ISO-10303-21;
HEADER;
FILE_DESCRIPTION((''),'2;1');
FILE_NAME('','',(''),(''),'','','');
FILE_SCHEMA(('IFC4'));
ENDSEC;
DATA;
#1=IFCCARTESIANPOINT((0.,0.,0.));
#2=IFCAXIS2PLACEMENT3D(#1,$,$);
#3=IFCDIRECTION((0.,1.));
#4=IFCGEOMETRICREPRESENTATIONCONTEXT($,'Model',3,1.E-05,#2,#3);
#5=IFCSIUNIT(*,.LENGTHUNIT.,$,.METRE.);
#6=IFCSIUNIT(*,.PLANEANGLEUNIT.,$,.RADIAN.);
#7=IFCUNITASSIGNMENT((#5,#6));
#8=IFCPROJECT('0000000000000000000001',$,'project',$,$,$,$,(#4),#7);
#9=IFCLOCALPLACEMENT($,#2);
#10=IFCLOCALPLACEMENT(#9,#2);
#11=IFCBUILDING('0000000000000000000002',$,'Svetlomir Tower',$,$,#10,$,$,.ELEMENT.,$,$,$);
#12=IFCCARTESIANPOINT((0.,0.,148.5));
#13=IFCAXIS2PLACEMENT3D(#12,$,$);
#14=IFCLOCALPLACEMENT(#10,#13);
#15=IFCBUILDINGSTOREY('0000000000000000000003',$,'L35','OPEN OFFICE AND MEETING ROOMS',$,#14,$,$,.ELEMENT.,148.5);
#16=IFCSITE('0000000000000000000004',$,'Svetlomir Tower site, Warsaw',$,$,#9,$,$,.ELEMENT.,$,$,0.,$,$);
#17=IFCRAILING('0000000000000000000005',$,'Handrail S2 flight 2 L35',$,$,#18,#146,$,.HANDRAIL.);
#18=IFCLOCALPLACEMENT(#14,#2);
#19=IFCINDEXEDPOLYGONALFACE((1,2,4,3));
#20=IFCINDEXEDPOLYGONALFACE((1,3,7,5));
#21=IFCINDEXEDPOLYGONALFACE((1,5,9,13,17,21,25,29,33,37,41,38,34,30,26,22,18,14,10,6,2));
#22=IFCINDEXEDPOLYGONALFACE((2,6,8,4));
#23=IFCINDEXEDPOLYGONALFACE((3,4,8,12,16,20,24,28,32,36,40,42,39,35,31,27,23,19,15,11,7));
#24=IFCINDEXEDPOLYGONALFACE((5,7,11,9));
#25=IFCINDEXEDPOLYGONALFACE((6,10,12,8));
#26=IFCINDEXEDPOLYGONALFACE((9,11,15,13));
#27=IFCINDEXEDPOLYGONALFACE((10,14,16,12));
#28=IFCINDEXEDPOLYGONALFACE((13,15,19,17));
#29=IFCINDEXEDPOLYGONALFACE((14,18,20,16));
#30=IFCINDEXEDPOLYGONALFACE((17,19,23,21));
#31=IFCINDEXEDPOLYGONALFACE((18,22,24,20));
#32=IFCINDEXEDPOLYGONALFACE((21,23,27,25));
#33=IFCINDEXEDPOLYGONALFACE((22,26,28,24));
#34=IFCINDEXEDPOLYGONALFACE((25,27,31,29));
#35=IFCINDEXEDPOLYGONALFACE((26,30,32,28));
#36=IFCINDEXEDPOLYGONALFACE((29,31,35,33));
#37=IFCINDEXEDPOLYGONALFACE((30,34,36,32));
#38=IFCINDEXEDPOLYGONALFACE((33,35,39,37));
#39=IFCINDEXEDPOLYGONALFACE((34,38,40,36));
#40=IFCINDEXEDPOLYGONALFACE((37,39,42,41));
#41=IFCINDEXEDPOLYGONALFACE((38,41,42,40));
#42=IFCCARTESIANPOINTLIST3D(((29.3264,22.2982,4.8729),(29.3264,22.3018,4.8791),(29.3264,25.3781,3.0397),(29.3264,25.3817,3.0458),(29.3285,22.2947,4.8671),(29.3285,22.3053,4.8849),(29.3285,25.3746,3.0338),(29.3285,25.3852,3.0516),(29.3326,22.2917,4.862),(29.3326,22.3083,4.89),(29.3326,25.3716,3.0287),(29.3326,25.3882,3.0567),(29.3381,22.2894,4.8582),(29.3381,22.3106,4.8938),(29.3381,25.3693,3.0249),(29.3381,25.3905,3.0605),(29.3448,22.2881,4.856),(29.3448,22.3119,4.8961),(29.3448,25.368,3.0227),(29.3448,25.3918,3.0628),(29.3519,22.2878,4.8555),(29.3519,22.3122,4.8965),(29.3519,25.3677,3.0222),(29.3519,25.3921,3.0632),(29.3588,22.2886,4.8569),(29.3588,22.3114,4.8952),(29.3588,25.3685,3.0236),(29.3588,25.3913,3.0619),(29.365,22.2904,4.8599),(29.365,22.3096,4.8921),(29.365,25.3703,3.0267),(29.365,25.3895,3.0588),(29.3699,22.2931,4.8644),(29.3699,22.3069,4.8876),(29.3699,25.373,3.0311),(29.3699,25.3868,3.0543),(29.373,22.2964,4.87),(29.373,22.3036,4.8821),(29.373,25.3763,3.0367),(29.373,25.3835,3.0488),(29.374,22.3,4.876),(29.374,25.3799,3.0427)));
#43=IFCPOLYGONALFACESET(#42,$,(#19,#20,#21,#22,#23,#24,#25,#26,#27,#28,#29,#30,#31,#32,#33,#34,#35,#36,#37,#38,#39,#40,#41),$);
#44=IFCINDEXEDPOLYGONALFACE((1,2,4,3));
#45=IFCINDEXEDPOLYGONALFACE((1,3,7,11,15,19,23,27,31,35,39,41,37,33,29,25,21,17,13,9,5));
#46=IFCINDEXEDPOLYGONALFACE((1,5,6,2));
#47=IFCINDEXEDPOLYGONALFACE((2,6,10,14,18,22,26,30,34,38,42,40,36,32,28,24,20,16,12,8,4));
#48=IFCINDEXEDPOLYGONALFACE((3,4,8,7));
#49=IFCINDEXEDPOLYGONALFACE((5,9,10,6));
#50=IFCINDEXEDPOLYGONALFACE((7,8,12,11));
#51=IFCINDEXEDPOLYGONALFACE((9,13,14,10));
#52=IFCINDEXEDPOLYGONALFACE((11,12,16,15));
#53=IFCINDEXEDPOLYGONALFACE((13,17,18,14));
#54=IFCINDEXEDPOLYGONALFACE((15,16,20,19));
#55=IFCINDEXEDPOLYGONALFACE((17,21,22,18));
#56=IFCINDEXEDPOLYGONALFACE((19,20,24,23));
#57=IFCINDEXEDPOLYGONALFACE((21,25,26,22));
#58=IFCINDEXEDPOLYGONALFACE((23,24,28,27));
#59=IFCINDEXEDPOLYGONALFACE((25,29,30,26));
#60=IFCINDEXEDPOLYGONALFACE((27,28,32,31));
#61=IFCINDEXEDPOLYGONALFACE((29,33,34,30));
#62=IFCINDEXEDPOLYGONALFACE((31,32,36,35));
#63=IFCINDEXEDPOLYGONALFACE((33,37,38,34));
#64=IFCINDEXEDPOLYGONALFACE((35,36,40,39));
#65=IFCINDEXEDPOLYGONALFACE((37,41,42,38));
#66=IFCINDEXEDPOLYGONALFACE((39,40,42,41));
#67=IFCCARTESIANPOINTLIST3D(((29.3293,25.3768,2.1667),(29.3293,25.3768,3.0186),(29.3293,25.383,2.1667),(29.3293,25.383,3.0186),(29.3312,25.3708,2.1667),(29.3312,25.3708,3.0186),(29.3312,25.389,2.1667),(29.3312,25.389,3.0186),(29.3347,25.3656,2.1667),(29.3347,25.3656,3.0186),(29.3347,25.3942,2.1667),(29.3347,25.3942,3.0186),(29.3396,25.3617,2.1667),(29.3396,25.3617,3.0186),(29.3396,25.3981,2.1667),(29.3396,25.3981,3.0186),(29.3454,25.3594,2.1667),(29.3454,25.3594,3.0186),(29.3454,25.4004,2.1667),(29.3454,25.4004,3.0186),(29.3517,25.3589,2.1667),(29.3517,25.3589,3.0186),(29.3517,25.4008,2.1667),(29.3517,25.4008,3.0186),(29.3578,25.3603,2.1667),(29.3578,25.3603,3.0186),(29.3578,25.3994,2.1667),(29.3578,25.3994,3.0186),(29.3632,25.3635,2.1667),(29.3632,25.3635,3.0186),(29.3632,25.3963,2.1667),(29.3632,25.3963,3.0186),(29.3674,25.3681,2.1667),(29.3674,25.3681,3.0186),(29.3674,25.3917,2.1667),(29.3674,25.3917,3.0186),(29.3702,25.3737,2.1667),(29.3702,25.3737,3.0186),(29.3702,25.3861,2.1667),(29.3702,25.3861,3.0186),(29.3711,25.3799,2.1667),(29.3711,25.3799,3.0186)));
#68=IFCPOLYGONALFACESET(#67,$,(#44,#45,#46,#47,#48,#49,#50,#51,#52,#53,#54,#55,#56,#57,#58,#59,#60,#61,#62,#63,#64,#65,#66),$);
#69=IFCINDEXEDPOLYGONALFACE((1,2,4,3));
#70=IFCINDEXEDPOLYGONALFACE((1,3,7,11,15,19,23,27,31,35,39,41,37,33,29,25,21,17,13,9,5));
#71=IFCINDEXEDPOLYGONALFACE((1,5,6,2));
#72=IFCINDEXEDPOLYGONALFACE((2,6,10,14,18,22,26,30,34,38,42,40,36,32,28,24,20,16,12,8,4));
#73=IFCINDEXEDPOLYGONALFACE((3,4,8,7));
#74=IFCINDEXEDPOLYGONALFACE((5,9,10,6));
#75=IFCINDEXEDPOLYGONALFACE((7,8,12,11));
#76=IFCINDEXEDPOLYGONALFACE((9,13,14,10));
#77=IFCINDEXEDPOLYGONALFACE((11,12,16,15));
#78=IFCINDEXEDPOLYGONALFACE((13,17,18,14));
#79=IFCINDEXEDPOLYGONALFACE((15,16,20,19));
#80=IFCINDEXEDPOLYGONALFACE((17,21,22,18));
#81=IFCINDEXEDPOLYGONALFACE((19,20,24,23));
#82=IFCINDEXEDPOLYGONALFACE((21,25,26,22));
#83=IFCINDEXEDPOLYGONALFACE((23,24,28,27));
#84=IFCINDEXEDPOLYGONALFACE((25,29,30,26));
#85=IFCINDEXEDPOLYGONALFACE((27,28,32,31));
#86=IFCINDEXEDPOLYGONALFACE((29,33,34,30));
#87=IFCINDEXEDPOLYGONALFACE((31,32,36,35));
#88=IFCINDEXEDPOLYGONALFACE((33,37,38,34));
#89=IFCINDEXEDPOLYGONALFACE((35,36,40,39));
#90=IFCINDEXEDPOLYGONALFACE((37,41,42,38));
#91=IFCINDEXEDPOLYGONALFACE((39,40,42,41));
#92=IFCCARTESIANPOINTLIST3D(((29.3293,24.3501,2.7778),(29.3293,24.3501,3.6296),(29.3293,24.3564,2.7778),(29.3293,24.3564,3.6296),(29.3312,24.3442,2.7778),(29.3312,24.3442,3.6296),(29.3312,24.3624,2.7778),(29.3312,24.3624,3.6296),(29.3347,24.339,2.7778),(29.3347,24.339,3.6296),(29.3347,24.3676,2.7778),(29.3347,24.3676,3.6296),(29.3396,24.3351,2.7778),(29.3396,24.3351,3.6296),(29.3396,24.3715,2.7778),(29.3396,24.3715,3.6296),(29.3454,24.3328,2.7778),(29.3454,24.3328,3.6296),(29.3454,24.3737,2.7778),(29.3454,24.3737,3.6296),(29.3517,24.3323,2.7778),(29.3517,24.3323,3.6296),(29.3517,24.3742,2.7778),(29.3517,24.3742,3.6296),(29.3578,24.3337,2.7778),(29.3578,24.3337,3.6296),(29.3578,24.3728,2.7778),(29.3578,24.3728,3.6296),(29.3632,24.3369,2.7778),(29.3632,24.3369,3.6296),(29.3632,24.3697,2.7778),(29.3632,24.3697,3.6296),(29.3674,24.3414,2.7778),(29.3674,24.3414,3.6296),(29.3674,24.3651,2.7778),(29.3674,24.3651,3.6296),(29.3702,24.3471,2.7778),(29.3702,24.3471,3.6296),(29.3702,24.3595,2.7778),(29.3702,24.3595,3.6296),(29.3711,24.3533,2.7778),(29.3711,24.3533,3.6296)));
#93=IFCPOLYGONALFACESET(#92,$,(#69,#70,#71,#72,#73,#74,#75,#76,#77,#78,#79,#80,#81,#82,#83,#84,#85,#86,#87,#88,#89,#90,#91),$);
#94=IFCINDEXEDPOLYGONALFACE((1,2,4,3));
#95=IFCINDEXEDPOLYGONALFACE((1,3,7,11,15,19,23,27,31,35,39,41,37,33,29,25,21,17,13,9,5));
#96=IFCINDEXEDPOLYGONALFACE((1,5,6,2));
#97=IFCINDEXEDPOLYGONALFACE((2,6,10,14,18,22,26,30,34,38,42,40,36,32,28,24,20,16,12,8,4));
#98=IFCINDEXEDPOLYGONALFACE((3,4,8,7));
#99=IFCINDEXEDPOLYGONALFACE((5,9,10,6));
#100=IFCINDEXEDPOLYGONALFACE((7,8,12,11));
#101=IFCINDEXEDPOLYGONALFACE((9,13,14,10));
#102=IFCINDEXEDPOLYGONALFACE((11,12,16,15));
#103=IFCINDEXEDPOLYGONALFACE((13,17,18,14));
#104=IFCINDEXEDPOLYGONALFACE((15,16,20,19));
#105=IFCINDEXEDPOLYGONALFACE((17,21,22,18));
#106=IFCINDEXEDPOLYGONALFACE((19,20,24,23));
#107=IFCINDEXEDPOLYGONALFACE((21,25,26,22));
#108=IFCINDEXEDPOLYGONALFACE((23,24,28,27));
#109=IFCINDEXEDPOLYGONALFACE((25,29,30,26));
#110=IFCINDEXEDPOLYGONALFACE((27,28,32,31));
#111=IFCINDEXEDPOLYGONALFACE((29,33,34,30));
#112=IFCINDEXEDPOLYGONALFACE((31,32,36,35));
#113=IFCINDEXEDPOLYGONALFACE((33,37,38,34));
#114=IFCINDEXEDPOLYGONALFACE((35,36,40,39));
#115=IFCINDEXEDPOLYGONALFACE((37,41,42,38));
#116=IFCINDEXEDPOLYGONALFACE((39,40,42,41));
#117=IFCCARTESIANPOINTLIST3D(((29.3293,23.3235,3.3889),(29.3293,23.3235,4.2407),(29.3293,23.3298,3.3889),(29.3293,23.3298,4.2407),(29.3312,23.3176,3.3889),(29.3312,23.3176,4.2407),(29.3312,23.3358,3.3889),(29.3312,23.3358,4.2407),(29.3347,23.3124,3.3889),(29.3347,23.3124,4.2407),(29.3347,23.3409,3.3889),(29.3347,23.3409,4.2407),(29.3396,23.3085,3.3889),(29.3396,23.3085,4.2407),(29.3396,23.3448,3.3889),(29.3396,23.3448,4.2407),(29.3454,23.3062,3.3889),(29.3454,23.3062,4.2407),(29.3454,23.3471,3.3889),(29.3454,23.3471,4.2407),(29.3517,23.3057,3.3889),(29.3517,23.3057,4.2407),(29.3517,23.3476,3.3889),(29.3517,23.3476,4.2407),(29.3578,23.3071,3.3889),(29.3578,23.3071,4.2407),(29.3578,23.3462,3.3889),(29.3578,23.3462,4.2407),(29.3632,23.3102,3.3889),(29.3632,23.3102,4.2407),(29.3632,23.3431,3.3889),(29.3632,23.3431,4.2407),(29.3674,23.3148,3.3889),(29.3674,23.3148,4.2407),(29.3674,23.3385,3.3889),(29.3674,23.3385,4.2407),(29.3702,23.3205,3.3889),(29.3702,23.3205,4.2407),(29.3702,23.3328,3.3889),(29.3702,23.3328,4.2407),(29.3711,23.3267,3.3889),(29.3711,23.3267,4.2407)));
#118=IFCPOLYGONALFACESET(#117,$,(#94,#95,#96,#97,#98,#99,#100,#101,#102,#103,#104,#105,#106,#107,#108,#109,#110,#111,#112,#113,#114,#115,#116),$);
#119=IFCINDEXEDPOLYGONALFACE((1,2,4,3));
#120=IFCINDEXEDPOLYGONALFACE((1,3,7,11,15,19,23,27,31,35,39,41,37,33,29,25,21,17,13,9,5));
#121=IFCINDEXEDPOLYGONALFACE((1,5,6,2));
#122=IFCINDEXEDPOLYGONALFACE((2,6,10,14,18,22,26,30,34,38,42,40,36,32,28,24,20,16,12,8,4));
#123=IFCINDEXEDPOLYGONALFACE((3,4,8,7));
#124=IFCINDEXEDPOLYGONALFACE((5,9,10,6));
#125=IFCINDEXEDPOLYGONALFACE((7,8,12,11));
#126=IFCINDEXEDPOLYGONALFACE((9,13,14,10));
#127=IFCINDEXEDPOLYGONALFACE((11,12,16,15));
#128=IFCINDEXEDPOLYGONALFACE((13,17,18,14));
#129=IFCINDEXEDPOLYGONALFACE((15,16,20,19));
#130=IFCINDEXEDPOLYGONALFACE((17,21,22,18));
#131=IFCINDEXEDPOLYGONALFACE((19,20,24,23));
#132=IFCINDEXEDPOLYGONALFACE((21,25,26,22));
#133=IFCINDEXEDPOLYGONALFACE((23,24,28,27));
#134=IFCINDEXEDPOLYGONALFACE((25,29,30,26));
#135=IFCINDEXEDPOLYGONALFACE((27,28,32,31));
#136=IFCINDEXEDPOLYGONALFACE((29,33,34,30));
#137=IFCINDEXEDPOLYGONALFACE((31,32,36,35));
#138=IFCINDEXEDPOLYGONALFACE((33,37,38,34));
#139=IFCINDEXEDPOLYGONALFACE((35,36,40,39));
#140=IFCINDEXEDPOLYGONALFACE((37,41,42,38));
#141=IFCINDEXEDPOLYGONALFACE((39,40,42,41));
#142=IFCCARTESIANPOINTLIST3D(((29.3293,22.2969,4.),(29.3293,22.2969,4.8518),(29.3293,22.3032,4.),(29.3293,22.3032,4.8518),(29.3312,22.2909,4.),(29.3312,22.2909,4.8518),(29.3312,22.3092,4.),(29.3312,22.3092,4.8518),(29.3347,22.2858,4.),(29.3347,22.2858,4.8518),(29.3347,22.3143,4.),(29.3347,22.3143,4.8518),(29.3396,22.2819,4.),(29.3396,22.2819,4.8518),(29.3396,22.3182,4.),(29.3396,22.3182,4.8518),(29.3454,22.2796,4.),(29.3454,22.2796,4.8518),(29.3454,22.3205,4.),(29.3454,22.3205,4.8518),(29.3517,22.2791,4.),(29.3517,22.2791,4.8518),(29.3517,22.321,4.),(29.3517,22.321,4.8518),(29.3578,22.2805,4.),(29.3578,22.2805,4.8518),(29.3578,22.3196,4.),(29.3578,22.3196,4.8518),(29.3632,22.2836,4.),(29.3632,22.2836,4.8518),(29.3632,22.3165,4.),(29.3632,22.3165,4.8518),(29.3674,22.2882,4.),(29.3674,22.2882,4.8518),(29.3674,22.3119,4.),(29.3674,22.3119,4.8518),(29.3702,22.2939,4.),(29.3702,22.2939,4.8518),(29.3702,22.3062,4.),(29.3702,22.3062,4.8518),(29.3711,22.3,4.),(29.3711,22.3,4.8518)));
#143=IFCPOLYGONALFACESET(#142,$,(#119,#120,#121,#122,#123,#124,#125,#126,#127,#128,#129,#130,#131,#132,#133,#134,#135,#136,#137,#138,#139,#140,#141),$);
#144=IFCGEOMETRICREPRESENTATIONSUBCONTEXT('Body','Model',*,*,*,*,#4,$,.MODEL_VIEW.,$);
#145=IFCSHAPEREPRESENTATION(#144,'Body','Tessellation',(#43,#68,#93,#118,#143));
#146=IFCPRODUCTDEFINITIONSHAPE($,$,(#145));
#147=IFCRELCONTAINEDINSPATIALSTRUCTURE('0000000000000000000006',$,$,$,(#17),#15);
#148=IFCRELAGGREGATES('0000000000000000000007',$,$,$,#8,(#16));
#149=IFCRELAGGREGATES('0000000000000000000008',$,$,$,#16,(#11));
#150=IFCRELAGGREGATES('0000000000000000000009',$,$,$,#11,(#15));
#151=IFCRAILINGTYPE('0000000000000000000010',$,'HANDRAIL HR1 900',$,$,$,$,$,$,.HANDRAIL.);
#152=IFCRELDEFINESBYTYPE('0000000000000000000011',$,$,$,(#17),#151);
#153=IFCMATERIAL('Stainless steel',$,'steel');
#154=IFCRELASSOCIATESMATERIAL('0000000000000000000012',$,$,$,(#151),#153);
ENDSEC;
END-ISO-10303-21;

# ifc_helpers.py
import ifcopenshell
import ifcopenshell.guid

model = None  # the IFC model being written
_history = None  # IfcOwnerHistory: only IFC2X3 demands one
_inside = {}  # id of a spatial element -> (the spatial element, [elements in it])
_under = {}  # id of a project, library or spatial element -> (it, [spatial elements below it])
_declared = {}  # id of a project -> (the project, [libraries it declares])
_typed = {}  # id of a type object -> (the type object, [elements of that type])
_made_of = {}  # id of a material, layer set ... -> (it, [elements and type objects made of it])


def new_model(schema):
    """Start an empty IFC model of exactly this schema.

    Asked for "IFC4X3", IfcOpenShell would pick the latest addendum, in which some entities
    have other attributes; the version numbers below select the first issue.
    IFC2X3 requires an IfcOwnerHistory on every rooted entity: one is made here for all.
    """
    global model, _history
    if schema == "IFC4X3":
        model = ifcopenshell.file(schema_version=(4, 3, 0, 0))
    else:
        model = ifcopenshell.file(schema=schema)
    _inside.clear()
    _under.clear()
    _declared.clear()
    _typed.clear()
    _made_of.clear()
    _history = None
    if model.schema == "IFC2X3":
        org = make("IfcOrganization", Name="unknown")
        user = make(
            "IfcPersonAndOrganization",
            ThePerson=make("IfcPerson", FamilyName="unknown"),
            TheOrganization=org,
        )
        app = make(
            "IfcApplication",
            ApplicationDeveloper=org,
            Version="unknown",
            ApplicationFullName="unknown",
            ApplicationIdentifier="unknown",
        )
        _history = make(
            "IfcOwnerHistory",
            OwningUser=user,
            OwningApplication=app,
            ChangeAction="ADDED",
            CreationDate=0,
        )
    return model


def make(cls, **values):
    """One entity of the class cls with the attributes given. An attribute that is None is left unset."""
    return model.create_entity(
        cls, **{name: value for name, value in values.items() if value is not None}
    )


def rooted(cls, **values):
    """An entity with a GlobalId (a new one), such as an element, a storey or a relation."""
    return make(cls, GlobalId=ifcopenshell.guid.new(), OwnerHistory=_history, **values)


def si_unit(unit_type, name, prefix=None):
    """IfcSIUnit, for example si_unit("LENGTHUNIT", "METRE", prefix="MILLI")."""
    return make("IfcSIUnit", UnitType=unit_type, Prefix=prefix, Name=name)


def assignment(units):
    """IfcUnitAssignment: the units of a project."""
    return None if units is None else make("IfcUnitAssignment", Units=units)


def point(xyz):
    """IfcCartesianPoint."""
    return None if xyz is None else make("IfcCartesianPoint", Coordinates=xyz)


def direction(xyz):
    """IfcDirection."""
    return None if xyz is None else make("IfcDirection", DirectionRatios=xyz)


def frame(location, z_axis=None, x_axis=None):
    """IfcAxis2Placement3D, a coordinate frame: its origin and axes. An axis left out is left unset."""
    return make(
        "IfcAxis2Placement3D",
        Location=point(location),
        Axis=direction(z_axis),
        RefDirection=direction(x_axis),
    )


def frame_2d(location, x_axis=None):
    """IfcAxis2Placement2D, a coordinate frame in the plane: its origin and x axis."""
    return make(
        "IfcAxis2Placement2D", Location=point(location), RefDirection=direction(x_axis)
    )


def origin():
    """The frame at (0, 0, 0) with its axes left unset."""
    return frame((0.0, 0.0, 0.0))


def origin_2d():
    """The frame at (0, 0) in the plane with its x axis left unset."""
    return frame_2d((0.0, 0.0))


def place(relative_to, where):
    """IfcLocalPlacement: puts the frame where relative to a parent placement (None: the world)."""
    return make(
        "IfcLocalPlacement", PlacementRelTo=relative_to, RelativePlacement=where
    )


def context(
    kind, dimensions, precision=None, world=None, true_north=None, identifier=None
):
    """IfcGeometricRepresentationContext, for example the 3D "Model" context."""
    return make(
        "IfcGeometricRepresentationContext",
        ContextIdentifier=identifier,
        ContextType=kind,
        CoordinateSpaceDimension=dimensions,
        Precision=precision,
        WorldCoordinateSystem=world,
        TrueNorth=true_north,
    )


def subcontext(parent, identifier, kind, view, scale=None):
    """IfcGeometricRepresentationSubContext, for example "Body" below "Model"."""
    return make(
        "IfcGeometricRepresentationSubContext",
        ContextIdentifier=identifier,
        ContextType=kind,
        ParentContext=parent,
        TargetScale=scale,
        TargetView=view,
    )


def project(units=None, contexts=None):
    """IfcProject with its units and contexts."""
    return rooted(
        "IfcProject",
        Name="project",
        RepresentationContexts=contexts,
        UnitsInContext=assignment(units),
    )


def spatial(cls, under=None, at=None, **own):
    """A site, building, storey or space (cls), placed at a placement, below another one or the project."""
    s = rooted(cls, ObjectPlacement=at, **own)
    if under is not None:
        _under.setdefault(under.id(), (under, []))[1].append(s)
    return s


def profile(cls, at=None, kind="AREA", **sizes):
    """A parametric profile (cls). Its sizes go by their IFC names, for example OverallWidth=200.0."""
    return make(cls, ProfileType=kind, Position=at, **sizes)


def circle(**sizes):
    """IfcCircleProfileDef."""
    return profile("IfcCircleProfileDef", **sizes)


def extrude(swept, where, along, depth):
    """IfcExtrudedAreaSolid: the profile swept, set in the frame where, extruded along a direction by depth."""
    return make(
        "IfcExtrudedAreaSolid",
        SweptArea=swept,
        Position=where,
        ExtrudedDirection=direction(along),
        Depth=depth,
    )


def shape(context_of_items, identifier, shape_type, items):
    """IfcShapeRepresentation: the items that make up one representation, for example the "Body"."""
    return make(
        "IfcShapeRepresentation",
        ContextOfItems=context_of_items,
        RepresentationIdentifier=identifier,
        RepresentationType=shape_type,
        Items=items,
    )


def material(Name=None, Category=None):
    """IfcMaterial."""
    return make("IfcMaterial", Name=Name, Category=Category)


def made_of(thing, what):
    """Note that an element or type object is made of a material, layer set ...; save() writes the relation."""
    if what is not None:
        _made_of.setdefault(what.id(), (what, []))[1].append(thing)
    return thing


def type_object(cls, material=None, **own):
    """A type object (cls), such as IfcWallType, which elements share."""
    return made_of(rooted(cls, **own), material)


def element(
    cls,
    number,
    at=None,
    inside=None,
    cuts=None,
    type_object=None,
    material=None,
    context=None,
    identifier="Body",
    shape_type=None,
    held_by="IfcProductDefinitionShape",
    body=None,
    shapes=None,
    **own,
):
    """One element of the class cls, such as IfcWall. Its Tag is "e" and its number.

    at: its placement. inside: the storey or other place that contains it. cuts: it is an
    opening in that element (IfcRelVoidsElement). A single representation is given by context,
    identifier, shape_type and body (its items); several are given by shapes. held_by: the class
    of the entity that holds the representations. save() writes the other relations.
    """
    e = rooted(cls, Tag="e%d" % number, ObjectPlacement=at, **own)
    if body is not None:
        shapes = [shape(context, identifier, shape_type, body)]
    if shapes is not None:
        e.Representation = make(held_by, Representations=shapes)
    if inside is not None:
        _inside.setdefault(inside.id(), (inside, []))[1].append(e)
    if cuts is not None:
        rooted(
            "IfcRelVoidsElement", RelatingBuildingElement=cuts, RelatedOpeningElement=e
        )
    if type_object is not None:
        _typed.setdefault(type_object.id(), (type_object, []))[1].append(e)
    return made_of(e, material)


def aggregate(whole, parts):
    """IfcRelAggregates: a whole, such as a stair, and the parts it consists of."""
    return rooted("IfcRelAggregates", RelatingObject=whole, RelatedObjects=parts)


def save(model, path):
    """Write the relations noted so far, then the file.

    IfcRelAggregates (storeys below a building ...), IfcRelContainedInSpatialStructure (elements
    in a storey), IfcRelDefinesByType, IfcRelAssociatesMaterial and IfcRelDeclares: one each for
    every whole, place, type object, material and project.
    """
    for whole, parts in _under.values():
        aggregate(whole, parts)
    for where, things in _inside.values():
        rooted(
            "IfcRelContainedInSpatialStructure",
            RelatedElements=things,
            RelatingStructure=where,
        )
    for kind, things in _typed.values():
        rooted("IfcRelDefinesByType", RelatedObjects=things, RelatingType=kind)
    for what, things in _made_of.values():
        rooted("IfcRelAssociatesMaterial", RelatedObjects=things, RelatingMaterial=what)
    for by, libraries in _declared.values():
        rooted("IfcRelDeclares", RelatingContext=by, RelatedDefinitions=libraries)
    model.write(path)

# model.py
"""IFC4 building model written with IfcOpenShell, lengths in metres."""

from ifc_helpers import new_model, si_unit, direction, frame, origin, origin_2d, place, context, subcontext, project, spatial, circle, extrude, material, type_object, element, save


model = new_model("IFC4")

# Units and contexts
model_context = context("Model", 3, precision=1e-05, world=origin(), true_north=direction((0.0, 1.0)))
body_context = subcontext(model_context, "Body", "Model", "MODEL_VIEW")
ifc_project = project(units=[si_unit("LENGTHUNIT", "METRE"), si_unit("PLANEANGLEUNIT", "RADIAN")], contexts=[model_context])

# Site, building, storey
site_placement = place(None, origin())
site = spatial("IfcSite", under=ifc_project, at=site_placement, Name="Svetlomir Tower site, Warsaw", CompositionType="ELEMENT", RefElevation=0.0)
building_placement = place(site_placement, origin())
building = spatial("IfcBuilding", under=site, at=building_placement, Name="Svetlomir Tower", CompositionType="ELEMENT")
storey_placement = place(building_placement, frame((0.0, 0.0, 148.5)))
storey = spatial("IfcBuildingStorey", under=building, at=storey_placement, Name="L35", Description="OPEN OFFICE AND MEETING ROOMS", CompositionType="ELEMENT", Elevation=148.5)

# Railing
ifc_material_1 = material(Name="Stainless steel", Category="steel")
railing_type = type_object("IfcRailingType", Name="HANDRAIL HR1 900", PredefinedType="HANDRAIL", material=ifc_material_1)
railing_1_placement = place(storey_placement, frame((29.3501, 25.3799, 2.1667)))
element("IfcRailing", 1, at=railing_1_placement, inside=storey, type_object=railing_type, Name="Handrail S2 flight 2 L35", PredefinedType="HANDRAIL", context=body_context, shape_type="SweptSolid", body=[
    extrude(circle(Radius=0.0239, at=origin_2d()), frame((0.0, 0.0, 0.876), z_axis=(0.0, -0.859291, 0.511487), x_axis=(1.0, 0.0, 0.0)), (0.0, 0.0, 1.0), 3.5842),
    extrude(circle(Radius=0.021, at=origin_2d()), origin(), (0.0, 0.0, 1.0), 0.8518),
    extrude(circle(Radius=0.021, at=origin_2d()), frame((0.0, -1.0266, 0.6111)), (0.0, 0.0, 1.0), 0.8518),
    extrude(circle(Radius=0.021, at=origin_2d()), frame((0.0, -2.0532, 1.2222)), (0.0, 0.0, 1.0), 0.8518),
    extrude(circle(Radius=0.021, at=origin_2d()), frame((0.0, -3.0798, 1.8333)), (0.0, 0.0, 1.0), 0.8518),
])

save(model, "model.ifc")
